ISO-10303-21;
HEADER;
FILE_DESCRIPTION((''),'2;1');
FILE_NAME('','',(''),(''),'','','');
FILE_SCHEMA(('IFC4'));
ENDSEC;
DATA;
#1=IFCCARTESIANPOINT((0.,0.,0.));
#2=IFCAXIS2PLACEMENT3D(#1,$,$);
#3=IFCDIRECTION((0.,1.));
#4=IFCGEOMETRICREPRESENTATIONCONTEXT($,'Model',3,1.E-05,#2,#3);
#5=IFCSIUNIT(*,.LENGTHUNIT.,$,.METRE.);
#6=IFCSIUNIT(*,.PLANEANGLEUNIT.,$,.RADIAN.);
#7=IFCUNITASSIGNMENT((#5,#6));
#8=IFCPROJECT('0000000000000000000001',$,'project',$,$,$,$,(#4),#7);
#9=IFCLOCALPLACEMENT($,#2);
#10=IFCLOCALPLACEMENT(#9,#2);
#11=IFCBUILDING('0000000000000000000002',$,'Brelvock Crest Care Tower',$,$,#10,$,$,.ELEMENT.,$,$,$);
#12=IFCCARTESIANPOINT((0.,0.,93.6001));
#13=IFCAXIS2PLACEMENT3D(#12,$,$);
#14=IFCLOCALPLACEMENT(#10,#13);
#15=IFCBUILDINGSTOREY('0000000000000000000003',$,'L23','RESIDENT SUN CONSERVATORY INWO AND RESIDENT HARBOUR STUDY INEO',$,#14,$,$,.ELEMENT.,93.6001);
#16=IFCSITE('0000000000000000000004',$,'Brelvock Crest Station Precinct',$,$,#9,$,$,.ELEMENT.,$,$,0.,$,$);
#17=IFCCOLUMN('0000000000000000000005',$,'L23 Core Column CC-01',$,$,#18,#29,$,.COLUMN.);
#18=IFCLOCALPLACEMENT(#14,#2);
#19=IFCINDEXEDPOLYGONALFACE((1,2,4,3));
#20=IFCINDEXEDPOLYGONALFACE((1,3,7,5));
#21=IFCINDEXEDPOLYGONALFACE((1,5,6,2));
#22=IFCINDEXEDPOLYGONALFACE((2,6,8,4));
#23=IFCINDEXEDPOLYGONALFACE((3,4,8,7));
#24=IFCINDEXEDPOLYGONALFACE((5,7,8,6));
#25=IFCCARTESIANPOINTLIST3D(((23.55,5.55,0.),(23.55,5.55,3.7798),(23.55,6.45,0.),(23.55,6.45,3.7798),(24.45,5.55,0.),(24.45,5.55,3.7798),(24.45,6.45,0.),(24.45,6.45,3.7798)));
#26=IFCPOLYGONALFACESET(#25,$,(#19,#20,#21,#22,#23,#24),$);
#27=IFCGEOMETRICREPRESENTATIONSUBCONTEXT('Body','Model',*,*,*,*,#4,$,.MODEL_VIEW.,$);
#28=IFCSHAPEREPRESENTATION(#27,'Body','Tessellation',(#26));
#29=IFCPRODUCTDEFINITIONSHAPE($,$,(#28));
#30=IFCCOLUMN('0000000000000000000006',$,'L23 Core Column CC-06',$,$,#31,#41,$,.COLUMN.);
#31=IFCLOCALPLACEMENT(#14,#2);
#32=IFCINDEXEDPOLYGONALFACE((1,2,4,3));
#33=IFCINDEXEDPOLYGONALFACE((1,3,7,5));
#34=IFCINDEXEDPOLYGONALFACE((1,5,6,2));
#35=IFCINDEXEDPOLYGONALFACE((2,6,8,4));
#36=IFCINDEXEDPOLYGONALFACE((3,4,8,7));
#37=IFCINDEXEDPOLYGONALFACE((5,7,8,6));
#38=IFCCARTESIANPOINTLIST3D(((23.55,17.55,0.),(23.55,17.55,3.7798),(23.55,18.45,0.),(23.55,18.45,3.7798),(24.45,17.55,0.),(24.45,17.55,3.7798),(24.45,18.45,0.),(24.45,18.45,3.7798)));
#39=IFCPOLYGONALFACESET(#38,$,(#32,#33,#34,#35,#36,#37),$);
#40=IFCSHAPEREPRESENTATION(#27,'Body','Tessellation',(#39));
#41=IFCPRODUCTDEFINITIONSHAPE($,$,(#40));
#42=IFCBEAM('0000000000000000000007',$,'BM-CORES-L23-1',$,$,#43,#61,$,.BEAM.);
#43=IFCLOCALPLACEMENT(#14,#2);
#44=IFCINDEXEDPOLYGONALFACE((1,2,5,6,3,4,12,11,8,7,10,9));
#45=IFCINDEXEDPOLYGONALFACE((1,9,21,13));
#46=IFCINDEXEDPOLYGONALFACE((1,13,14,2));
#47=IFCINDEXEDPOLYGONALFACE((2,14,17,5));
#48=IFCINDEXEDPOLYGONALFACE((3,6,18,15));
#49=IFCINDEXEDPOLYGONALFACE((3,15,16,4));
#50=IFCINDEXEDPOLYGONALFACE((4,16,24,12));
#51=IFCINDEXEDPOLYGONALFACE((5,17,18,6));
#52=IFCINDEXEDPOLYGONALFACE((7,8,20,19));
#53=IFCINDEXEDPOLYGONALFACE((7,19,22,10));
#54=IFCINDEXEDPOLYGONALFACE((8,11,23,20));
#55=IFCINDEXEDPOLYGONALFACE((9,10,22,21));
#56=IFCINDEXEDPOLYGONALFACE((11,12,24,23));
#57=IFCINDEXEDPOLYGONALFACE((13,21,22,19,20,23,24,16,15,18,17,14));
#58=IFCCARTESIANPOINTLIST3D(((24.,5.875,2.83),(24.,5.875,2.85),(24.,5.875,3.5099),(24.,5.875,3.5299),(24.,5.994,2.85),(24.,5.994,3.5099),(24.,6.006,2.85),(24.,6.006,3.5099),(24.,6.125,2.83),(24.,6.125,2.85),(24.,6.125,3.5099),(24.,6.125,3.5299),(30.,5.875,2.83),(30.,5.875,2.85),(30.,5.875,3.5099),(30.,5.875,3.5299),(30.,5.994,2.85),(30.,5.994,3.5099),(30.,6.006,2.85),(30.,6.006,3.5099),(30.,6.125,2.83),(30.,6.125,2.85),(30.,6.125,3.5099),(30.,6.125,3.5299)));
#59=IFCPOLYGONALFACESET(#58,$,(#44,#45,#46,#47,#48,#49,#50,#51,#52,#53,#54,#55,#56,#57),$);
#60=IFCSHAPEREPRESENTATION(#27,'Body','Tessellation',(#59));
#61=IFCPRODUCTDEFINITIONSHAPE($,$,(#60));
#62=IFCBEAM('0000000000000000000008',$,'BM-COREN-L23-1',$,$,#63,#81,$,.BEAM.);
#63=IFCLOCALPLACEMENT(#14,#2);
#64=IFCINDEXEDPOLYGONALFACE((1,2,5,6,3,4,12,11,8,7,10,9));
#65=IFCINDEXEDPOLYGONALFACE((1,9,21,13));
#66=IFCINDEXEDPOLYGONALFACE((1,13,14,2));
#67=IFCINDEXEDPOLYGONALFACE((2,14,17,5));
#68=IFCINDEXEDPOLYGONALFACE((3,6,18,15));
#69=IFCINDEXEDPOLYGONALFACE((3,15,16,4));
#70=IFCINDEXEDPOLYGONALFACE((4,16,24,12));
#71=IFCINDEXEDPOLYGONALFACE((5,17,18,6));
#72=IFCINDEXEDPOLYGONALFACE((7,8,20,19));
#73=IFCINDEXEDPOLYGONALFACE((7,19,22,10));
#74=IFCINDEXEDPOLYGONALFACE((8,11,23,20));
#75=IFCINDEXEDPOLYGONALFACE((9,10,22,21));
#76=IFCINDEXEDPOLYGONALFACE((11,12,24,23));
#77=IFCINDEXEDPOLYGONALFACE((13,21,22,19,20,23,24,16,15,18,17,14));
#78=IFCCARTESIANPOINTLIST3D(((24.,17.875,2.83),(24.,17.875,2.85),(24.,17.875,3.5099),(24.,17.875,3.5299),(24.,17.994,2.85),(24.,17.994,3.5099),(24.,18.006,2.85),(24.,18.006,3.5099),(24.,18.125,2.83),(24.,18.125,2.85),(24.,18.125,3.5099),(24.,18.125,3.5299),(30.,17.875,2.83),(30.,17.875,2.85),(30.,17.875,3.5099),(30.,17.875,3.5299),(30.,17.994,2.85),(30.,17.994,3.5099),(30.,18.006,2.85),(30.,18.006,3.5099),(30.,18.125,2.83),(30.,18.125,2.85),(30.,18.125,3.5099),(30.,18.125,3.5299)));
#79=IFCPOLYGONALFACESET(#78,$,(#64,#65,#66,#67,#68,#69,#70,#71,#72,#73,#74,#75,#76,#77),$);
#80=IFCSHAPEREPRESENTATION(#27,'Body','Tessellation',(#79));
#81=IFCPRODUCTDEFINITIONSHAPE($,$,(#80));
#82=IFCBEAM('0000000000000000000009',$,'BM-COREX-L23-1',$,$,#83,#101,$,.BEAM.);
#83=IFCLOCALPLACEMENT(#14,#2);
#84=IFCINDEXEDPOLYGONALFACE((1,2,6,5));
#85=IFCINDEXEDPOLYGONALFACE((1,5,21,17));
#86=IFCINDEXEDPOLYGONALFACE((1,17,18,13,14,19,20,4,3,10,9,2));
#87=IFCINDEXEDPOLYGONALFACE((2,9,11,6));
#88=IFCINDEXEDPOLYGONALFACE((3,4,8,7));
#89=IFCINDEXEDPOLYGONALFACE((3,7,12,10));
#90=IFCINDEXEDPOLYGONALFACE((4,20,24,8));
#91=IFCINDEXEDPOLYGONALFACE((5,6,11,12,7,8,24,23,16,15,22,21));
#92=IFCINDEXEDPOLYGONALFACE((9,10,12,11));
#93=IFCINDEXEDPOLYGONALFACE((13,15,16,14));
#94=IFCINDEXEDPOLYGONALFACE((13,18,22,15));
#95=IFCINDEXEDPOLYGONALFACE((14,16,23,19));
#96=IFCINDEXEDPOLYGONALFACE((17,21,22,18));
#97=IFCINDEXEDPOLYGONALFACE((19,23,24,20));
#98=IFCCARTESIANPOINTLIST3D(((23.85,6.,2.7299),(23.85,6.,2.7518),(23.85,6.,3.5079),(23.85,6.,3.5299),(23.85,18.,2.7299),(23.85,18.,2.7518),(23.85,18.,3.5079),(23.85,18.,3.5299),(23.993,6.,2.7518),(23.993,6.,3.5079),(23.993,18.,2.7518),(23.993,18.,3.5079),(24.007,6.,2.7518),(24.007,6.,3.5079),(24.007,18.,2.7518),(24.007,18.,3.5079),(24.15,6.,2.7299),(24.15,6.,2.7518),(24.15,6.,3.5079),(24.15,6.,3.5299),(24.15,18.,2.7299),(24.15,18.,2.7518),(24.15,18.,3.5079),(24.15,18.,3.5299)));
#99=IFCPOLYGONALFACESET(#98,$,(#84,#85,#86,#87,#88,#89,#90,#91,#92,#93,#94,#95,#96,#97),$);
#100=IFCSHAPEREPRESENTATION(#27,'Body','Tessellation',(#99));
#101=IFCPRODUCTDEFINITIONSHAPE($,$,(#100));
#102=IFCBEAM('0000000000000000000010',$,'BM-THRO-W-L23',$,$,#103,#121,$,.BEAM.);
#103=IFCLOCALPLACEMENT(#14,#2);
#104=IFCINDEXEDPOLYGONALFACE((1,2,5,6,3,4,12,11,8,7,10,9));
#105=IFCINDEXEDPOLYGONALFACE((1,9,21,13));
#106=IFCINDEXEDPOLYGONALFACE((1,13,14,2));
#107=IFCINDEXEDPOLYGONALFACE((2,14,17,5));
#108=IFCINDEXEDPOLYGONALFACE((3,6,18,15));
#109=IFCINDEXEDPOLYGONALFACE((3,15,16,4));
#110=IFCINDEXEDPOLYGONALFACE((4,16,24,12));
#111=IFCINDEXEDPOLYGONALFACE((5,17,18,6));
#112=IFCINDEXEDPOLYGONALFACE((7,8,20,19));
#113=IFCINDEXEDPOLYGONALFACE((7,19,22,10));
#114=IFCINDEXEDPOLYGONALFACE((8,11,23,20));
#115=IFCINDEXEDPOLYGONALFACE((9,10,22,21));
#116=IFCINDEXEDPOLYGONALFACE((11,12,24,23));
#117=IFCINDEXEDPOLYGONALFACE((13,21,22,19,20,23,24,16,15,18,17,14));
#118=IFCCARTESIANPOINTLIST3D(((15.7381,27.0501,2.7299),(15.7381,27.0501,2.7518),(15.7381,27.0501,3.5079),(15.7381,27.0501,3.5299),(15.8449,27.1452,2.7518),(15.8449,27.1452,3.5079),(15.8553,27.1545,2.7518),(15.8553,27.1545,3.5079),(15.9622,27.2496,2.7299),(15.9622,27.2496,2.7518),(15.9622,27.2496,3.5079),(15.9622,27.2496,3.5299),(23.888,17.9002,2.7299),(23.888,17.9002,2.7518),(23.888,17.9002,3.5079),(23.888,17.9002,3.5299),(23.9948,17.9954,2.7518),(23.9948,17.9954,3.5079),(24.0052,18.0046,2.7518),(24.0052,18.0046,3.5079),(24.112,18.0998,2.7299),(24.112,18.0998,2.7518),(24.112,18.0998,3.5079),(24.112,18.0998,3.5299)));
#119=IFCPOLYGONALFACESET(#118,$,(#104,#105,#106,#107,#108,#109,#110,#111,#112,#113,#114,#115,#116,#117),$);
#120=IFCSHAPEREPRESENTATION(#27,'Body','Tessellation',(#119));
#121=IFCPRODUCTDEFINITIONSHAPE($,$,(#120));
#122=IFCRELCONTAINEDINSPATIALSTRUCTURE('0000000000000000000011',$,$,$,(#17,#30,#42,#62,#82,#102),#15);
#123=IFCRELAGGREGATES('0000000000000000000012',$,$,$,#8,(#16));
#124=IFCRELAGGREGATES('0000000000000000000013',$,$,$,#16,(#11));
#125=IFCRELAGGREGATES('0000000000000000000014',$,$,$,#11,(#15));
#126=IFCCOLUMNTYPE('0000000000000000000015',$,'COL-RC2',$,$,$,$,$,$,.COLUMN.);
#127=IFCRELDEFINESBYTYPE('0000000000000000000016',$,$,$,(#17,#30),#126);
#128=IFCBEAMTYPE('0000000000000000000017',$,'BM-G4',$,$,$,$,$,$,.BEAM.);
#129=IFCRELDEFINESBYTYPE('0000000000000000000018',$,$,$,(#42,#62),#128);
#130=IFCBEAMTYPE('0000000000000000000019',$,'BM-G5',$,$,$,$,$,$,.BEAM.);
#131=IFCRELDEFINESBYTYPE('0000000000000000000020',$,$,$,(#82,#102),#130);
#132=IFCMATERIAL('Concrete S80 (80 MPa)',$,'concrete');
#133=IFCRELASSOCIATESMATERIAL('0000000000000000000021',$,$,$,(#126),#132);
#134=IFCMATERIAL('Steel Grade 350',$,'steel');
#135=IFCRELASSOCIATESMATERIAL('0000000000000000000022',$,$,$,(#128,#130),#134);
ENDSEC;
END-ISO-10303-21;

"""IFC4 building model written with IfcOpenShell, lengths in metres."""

from ifc_helpers import new_model, si_unit, direction, frame, origin, origin_2d, place, context, subcontext, project, spatial, rectangle, i_section, extrude, source, transform, mapped, material, material_profile, profile_set, type_object, element, save


model = new_model("IFC4")

# Units and contexts
model_context = context("Model", 3, precision=1e-05, world=origin(), true_north=direction((0.0, 1.0)))
body_context = subcontext(model_context, "Body", "Model", "MODEL_VIEW")
ifc_project = project(units=[si_unit("LENGTHUNIT", "METRE"), si_unit("PLANEANGLEUNIT", "RADIAN")], contexts=[model_context])

# Site, building, storey
site_placement = place(None, origin())
site = spatial("IfcSite", under=ifc_project, at=site_placement, Name="Brelvock Crest Station Precinct", CompositionType="ELEMENT", RefElevation=0.0)
building_placement = place(site_placement, origin())
building = spatial("IfcBuilding", under=site, at=building_placement, Name="Brelvock Crest Care Tower", CompositionType="ELEMENT")
storey_placement = place(building_placement, frame((0.0, 0.0, 93.6001)))
storey = spatial("IfcBuildingStorey", under=building, at=storey_placement, Name="L23", Description="RESIDENT SUN CONSERVATORY INWO AND RESIDENT HARBOUR STUDY INEO", CompositionType="ELEMENT", Elevation=93.6001)

# Columns
ifc_material_1 = material(Name="Concrete S80 (80 MPa)", Category="concrete")
ifc_material_profile_1 = material_profile(ifc_material_1, rectangle(XDim=0.8999, YDim=0.8999, at=origin_2d()), Name="RC900x900")
ifc_profile_set_1 = profile_set([ifc_material_profile_1], Name="Concrete S80 (80 MPa)")
column_type = type_object("IfcColumnType", Name="COL-RC2", PredefinedType="COLUMN", material=ifc_profile_set_1)
shared_shape_1 = source(origin(), body_context, "Body", "SweptSolid", [
    extrude(rectangle(XDim=0.8999, YDim=0.8999, at=origin_2d()), origin(), (0.0, 0.0, 1.0), 3.7798),
])
for number, where, z_axis, x_axis, name in (
    (1, (24.0, 6.0, 0.0), (0.0, 0.0, 1.0), (1.0, 0.0, 0.0), "L23 Core Column CC-01"),
    (2, (24.0, 18.0, 0.0), (0.0, 0.0, 1.0), (1.0, 0.0, 0.0), "L23 Core Column CC-06"),
):
    element("IfcColumn", number, at=place(storey_placement, frame(where, z_axis=z_axis, x_axis=x_axis)), inside=storey, type_object=column_type, Name=name, PredefinedType="COLUMN", context=body_context, shape_type="MappedRepresentation", body=[
        mapped(shared_shape_1, transform((0.0, 0.0, 0.0), x_axis=(1.0, 0.0, 0.0), y_axis=(0.0, 1.0, 0.0), z_axis=(0.0, 0.0, 1.0), scale=1.0)),
    ])

# Beams
ifc_material_2 = material(Name="Steel Grade 350", Category="steel")
ifc_material_profile_2 = material_profile(ifc_material_2, i_section(OverallWidth=0.25, OverallDepth=0.7, WebThickness=0.012, FlangeThickness=0.02, at=origin_2d()), Name="700WB150")
ifc_profile_set_2 = profile_set([ifc_material_profile_2], Name="Steel Grade 350")
beam_type_1 = type_object("IfcBeamType", Name="BM-G4", PredefinedType="BEAM", material=ifc_profile_set_2)
shared_shape_2 = source(origin(), body_context, "Body", "SweptSolid", [
    extrude(i_section(OverallWidth=0.25, OverallDepth=0.7, WebThickness=0.012, FlangeThickness=0.02, at=origin_2d()), origin(), (0.0, 0.0, 1.0), 6.0),
])
for number, where, z_axis, x_axis, name in (
    (3, (24.0, 6.0, 3.1799), (1.0, 0.0, 0.0), (0.0, 1.0, 0.0), "BM-CORES-L23-1"),
    (4, (24.0, 18.0, 3.1799), (1.0, 0.0, 0.0), (0.0, 1.0, 0.0), "BM-COREN-L23-1"),
):
    element("IfcBeam", number, at=place(storey_placement, frame(where, z_axis=z_axis, x_axis=x_axis)), inside=storey, type_object=beam_type_1, Name=name, PredefinedType="BEAM", context=body_context, shape_type="MappedRepresentation", body=[
        mapped(shared_shape_2, transform((0.0, 0.0, 0.0), x_axis=(1.0, 0.0, 0.0), y_axis=(0.0, 1.0, 0.0), z_axis=(0.0, 0.0, 1.0), scale=1.0)),
    ])
ifc_material_profile_3 = material_profile(ifc_material_2, i_section(OverallWidth=0.3, OverallDepth=0.8, WebThickness=0.0139, FlangeThickness=0.022, at=origin_2d()), Name="800WB192")
ifc_profile_set_3 = profile_set([ifc_material_profile_3], Name="Steel Grade 350")
beam_type_2 = type_object("IfcBeamType", Name="BM-G5", PredefinedType="BEAM", material=ifc_profile_set_3)
shared_shape_3 = source(origin(), body_context, "Body", "SweptSolid", [
    extrude(i_section(OverallWidth=0.3, OverallDepth=0.8, WebThickness=0.0139, FlangeThickness=0.022, at=origin_2d()), origin(), (0.0, 0.0, 1.0), 12.0),
])
beam_1_placement = place(storey_placement, frame((24.0, 6.0, 3.1299), z_axis=(0.0, 1.0, 0.0), x_axis=(-1.0, 0.0, 0.0)))
element("IfcBeam", 5, at=beam_1_placement, inside=storey, type_object=beam_type_2, Name="BM-COREX-L23-1", PredefinedType="BEAM", context=body_context, shape_type="MappedRepresentation", body=[
    mapped(shared_shape_3, transform((0.0, 0.0, 0.0), x_axis=(1.0, 0.0, 0.0), y_axis=(0.0, 1.0, 0.0), z_axis=(0.0, 0.0, 1.0), scale=1.0)),
])
shared_shape_4 = source(origin(), body_context, "Body", "SweptSolid", [
    extrude(i_section(OverallWidth=0.3, OverallDepth=0.8, WebThickness=0.0139, FlangeThickness=0.022, at=origin_2d()), origin(), (0.0, 0.0, 1.0), 12.2532),
])
beam_2_placement = place(storey_placement, frame((24.0, 18.0, 3.1299), z_axis=(-0.665123, 0.746734, 0.0), x_axis=(-0.746734, -0.665123, 0.0)))
element("IfcBeam", 6, at=beam_2_placement, inside=storey, type_object=beam_type_2, Name="BM-THRO-W-L23", PredefinedType="BEAM", context=body_context, shape_type="MappedRepresentation", body=[
    mapped(shared_shape_4, transform((0.0, 0.0, 0.0), x_axis=(1.0, 0.0, 0.0), y_axis=(0.0, 1.0, 0.0), z_axis=(0.0, 0.0, 1.0), scale=1.0)),
])

save(model, "model.ifc")
